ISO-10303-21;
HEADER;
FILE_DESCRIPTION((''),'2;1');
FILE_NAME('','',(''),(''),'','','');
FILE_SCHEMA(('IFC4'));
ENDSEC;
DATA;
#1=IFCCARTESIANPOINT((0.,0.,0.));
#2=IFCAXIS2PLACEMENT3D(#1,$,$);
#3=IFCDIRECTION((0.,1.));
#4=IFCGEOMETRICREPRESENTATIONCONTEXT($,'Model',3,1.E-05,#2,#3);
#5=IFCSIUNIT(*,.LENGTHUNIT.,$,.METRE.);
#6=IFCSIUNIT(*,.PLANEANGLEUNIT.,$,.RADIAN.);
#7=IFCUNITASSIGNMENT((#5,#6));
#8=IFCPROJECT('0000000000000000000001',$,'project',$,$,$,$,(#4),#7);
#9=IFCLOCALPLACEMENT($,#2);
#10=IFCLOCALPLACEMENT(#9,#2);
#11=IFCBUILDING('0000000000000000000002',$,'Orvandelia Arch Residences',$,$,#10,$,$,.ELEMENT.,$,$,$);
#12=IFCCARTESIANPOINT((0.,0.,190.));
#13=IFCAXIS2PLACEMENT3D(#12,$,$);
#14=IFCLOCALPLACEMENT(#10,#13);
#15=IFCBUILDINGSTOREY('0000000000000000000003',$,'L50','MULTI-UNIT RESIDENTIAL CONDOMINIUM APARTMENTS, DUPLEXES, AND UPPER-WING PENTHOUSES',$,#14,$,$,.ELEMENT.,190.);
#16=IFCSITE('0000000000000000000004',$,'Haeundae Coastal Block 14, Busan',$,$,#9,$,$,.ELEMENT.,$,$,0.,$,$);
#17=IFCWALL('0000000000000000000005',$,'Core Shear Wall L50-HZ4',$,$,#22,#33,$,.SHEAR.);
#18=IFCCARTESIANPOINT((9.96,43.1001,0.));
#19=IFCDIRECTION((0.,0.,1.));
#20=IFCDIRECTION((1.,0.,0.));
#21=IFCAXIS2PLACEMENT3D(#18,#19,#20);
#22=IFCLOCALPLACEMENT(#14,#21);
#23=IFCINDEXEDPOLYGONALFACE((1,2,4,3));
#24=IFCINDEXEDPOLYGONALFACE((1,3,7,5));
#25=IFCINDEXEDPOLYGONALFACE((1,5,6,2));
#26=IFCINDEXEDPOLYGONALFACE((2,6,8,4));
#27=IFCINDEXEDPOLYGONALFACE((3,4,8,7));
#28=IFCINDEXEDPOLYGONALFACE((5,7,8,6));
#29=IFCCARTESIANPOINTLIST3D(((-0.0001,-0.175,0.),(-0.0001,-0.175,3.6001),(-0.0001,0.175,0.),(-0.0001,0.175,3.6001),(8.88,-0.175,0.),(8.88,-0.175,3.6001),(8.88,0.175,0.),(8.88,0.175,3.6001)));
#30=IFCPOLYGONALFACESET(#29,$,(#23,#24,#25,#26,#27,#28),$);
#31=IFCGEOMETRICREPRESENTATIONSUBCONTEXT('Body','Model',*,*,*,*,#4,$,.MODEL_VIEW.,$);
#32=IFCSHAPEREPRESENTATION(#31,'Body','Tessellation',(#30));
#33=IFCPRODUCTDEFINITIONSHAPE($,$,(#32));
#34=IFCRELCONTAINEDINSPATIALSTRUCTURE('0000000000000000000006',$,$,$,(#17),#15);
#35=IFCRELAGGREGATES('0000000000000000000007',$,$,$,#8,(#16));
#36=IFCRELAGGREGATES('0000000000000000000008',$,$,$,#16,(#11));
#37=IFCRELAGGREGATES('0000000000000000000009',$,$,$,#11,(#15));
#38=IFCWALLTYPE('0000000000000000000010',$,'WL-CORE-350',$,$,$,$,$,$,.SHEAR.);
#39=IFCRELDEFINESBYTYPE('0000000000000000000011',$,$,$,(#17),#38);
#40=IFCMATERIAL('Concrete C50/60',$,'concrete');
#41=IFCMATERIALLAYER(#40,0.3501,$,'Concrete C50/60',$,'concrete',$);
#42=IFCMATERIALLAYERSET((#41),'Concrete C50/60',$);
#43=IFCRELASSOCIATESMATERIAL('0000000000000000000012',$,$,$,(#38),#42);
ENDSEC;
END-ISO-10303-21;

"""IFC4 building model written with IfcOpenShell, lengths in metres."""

from ifc_helpers import new_model, si_unit, direction, frame, frame_2d, origin, place, context, subcontext, project, spatial, rectangle, extrude, material, layer, layer_set, type_object, element, save


model = new_model("IFC4")

# Units and contexts
model_context = context("Model", 3, precision=1e-05, world=origin(), true_north=direction((0.0, 1.0)))
body_context = subcontext(model_context, "Body", "Model", "MODEL_VIEW")
ifc_project = project(units=[si_unit("LENGTHUNIT", "METRE"), si_unit("PLANEANGLEUNIT", "RADIAN")], contexts=[model_context])

# Site, building, storey
site_placement = place(None, origin())
site = spatial("IfcSite", under=ifc_project, at=site_placement, Name="Haeundae Coastal Block 14, Busan", CompositionType="ELEMENT", RefElevation=0.0)
building_placement = place(site_placement, origin())
building = spatial("IfcBuilding", under=site, at=building_placement, Name="Orvandelia Arch Residences", CompositionType="ELEMENT")
storey_placement = place(building_placement, frame((0.0, 0.0, 190.0)))
storey = spatial("IfcBuildingStorey", under=building, at=storey_placement, Name="L50", Description="MULTI-UNIT RESIDENTIAL CONDOMINIUM APARTMENTS, DUPLEXES, AND UPPER-WING PENTHOUSES", CompositionType="ELEMENT", Elevation=190.0)

# Wall
ifc_material_1 = material(Name="Concrete C50/60", Category="concrete")
ifc_layer_1 = layer(ifc_material_1, 0.3501, Name="Concrete C50/60", Category="concrete")
ifc_layer_set_1 = layer_set([ifc_layer_1], Name="Concrete C50/60")
wall_type_1 = type_object("IfcWallType", Name="WL-CORE-350", PredefinedType="SHEAR", material=ifc_layer_set_1)
wall_1_placement = place(storey_placement, frame((9.96, 43.1001, 0.0), z_axis=(0.0, 0.0, 1.0), x_axis=(1.0, 0.0, 0.0)))
element("IfcWall", 1, at=wall_1_placement, inside=storey, type_object=wall_type_1, Name="Core Shear Wall L50-HZ4", PredefinedType="SHEAR", context=body_context, shape_type="SweptSolid", body=[
    extrude(rectangle(XDim=8.8801, YDim=0.3501, at=frame_2d((4.4399, 0.0))), origin(), (0.0, 0.0, 1.0), 3.6001),
])

save(model, "model.ifc")
